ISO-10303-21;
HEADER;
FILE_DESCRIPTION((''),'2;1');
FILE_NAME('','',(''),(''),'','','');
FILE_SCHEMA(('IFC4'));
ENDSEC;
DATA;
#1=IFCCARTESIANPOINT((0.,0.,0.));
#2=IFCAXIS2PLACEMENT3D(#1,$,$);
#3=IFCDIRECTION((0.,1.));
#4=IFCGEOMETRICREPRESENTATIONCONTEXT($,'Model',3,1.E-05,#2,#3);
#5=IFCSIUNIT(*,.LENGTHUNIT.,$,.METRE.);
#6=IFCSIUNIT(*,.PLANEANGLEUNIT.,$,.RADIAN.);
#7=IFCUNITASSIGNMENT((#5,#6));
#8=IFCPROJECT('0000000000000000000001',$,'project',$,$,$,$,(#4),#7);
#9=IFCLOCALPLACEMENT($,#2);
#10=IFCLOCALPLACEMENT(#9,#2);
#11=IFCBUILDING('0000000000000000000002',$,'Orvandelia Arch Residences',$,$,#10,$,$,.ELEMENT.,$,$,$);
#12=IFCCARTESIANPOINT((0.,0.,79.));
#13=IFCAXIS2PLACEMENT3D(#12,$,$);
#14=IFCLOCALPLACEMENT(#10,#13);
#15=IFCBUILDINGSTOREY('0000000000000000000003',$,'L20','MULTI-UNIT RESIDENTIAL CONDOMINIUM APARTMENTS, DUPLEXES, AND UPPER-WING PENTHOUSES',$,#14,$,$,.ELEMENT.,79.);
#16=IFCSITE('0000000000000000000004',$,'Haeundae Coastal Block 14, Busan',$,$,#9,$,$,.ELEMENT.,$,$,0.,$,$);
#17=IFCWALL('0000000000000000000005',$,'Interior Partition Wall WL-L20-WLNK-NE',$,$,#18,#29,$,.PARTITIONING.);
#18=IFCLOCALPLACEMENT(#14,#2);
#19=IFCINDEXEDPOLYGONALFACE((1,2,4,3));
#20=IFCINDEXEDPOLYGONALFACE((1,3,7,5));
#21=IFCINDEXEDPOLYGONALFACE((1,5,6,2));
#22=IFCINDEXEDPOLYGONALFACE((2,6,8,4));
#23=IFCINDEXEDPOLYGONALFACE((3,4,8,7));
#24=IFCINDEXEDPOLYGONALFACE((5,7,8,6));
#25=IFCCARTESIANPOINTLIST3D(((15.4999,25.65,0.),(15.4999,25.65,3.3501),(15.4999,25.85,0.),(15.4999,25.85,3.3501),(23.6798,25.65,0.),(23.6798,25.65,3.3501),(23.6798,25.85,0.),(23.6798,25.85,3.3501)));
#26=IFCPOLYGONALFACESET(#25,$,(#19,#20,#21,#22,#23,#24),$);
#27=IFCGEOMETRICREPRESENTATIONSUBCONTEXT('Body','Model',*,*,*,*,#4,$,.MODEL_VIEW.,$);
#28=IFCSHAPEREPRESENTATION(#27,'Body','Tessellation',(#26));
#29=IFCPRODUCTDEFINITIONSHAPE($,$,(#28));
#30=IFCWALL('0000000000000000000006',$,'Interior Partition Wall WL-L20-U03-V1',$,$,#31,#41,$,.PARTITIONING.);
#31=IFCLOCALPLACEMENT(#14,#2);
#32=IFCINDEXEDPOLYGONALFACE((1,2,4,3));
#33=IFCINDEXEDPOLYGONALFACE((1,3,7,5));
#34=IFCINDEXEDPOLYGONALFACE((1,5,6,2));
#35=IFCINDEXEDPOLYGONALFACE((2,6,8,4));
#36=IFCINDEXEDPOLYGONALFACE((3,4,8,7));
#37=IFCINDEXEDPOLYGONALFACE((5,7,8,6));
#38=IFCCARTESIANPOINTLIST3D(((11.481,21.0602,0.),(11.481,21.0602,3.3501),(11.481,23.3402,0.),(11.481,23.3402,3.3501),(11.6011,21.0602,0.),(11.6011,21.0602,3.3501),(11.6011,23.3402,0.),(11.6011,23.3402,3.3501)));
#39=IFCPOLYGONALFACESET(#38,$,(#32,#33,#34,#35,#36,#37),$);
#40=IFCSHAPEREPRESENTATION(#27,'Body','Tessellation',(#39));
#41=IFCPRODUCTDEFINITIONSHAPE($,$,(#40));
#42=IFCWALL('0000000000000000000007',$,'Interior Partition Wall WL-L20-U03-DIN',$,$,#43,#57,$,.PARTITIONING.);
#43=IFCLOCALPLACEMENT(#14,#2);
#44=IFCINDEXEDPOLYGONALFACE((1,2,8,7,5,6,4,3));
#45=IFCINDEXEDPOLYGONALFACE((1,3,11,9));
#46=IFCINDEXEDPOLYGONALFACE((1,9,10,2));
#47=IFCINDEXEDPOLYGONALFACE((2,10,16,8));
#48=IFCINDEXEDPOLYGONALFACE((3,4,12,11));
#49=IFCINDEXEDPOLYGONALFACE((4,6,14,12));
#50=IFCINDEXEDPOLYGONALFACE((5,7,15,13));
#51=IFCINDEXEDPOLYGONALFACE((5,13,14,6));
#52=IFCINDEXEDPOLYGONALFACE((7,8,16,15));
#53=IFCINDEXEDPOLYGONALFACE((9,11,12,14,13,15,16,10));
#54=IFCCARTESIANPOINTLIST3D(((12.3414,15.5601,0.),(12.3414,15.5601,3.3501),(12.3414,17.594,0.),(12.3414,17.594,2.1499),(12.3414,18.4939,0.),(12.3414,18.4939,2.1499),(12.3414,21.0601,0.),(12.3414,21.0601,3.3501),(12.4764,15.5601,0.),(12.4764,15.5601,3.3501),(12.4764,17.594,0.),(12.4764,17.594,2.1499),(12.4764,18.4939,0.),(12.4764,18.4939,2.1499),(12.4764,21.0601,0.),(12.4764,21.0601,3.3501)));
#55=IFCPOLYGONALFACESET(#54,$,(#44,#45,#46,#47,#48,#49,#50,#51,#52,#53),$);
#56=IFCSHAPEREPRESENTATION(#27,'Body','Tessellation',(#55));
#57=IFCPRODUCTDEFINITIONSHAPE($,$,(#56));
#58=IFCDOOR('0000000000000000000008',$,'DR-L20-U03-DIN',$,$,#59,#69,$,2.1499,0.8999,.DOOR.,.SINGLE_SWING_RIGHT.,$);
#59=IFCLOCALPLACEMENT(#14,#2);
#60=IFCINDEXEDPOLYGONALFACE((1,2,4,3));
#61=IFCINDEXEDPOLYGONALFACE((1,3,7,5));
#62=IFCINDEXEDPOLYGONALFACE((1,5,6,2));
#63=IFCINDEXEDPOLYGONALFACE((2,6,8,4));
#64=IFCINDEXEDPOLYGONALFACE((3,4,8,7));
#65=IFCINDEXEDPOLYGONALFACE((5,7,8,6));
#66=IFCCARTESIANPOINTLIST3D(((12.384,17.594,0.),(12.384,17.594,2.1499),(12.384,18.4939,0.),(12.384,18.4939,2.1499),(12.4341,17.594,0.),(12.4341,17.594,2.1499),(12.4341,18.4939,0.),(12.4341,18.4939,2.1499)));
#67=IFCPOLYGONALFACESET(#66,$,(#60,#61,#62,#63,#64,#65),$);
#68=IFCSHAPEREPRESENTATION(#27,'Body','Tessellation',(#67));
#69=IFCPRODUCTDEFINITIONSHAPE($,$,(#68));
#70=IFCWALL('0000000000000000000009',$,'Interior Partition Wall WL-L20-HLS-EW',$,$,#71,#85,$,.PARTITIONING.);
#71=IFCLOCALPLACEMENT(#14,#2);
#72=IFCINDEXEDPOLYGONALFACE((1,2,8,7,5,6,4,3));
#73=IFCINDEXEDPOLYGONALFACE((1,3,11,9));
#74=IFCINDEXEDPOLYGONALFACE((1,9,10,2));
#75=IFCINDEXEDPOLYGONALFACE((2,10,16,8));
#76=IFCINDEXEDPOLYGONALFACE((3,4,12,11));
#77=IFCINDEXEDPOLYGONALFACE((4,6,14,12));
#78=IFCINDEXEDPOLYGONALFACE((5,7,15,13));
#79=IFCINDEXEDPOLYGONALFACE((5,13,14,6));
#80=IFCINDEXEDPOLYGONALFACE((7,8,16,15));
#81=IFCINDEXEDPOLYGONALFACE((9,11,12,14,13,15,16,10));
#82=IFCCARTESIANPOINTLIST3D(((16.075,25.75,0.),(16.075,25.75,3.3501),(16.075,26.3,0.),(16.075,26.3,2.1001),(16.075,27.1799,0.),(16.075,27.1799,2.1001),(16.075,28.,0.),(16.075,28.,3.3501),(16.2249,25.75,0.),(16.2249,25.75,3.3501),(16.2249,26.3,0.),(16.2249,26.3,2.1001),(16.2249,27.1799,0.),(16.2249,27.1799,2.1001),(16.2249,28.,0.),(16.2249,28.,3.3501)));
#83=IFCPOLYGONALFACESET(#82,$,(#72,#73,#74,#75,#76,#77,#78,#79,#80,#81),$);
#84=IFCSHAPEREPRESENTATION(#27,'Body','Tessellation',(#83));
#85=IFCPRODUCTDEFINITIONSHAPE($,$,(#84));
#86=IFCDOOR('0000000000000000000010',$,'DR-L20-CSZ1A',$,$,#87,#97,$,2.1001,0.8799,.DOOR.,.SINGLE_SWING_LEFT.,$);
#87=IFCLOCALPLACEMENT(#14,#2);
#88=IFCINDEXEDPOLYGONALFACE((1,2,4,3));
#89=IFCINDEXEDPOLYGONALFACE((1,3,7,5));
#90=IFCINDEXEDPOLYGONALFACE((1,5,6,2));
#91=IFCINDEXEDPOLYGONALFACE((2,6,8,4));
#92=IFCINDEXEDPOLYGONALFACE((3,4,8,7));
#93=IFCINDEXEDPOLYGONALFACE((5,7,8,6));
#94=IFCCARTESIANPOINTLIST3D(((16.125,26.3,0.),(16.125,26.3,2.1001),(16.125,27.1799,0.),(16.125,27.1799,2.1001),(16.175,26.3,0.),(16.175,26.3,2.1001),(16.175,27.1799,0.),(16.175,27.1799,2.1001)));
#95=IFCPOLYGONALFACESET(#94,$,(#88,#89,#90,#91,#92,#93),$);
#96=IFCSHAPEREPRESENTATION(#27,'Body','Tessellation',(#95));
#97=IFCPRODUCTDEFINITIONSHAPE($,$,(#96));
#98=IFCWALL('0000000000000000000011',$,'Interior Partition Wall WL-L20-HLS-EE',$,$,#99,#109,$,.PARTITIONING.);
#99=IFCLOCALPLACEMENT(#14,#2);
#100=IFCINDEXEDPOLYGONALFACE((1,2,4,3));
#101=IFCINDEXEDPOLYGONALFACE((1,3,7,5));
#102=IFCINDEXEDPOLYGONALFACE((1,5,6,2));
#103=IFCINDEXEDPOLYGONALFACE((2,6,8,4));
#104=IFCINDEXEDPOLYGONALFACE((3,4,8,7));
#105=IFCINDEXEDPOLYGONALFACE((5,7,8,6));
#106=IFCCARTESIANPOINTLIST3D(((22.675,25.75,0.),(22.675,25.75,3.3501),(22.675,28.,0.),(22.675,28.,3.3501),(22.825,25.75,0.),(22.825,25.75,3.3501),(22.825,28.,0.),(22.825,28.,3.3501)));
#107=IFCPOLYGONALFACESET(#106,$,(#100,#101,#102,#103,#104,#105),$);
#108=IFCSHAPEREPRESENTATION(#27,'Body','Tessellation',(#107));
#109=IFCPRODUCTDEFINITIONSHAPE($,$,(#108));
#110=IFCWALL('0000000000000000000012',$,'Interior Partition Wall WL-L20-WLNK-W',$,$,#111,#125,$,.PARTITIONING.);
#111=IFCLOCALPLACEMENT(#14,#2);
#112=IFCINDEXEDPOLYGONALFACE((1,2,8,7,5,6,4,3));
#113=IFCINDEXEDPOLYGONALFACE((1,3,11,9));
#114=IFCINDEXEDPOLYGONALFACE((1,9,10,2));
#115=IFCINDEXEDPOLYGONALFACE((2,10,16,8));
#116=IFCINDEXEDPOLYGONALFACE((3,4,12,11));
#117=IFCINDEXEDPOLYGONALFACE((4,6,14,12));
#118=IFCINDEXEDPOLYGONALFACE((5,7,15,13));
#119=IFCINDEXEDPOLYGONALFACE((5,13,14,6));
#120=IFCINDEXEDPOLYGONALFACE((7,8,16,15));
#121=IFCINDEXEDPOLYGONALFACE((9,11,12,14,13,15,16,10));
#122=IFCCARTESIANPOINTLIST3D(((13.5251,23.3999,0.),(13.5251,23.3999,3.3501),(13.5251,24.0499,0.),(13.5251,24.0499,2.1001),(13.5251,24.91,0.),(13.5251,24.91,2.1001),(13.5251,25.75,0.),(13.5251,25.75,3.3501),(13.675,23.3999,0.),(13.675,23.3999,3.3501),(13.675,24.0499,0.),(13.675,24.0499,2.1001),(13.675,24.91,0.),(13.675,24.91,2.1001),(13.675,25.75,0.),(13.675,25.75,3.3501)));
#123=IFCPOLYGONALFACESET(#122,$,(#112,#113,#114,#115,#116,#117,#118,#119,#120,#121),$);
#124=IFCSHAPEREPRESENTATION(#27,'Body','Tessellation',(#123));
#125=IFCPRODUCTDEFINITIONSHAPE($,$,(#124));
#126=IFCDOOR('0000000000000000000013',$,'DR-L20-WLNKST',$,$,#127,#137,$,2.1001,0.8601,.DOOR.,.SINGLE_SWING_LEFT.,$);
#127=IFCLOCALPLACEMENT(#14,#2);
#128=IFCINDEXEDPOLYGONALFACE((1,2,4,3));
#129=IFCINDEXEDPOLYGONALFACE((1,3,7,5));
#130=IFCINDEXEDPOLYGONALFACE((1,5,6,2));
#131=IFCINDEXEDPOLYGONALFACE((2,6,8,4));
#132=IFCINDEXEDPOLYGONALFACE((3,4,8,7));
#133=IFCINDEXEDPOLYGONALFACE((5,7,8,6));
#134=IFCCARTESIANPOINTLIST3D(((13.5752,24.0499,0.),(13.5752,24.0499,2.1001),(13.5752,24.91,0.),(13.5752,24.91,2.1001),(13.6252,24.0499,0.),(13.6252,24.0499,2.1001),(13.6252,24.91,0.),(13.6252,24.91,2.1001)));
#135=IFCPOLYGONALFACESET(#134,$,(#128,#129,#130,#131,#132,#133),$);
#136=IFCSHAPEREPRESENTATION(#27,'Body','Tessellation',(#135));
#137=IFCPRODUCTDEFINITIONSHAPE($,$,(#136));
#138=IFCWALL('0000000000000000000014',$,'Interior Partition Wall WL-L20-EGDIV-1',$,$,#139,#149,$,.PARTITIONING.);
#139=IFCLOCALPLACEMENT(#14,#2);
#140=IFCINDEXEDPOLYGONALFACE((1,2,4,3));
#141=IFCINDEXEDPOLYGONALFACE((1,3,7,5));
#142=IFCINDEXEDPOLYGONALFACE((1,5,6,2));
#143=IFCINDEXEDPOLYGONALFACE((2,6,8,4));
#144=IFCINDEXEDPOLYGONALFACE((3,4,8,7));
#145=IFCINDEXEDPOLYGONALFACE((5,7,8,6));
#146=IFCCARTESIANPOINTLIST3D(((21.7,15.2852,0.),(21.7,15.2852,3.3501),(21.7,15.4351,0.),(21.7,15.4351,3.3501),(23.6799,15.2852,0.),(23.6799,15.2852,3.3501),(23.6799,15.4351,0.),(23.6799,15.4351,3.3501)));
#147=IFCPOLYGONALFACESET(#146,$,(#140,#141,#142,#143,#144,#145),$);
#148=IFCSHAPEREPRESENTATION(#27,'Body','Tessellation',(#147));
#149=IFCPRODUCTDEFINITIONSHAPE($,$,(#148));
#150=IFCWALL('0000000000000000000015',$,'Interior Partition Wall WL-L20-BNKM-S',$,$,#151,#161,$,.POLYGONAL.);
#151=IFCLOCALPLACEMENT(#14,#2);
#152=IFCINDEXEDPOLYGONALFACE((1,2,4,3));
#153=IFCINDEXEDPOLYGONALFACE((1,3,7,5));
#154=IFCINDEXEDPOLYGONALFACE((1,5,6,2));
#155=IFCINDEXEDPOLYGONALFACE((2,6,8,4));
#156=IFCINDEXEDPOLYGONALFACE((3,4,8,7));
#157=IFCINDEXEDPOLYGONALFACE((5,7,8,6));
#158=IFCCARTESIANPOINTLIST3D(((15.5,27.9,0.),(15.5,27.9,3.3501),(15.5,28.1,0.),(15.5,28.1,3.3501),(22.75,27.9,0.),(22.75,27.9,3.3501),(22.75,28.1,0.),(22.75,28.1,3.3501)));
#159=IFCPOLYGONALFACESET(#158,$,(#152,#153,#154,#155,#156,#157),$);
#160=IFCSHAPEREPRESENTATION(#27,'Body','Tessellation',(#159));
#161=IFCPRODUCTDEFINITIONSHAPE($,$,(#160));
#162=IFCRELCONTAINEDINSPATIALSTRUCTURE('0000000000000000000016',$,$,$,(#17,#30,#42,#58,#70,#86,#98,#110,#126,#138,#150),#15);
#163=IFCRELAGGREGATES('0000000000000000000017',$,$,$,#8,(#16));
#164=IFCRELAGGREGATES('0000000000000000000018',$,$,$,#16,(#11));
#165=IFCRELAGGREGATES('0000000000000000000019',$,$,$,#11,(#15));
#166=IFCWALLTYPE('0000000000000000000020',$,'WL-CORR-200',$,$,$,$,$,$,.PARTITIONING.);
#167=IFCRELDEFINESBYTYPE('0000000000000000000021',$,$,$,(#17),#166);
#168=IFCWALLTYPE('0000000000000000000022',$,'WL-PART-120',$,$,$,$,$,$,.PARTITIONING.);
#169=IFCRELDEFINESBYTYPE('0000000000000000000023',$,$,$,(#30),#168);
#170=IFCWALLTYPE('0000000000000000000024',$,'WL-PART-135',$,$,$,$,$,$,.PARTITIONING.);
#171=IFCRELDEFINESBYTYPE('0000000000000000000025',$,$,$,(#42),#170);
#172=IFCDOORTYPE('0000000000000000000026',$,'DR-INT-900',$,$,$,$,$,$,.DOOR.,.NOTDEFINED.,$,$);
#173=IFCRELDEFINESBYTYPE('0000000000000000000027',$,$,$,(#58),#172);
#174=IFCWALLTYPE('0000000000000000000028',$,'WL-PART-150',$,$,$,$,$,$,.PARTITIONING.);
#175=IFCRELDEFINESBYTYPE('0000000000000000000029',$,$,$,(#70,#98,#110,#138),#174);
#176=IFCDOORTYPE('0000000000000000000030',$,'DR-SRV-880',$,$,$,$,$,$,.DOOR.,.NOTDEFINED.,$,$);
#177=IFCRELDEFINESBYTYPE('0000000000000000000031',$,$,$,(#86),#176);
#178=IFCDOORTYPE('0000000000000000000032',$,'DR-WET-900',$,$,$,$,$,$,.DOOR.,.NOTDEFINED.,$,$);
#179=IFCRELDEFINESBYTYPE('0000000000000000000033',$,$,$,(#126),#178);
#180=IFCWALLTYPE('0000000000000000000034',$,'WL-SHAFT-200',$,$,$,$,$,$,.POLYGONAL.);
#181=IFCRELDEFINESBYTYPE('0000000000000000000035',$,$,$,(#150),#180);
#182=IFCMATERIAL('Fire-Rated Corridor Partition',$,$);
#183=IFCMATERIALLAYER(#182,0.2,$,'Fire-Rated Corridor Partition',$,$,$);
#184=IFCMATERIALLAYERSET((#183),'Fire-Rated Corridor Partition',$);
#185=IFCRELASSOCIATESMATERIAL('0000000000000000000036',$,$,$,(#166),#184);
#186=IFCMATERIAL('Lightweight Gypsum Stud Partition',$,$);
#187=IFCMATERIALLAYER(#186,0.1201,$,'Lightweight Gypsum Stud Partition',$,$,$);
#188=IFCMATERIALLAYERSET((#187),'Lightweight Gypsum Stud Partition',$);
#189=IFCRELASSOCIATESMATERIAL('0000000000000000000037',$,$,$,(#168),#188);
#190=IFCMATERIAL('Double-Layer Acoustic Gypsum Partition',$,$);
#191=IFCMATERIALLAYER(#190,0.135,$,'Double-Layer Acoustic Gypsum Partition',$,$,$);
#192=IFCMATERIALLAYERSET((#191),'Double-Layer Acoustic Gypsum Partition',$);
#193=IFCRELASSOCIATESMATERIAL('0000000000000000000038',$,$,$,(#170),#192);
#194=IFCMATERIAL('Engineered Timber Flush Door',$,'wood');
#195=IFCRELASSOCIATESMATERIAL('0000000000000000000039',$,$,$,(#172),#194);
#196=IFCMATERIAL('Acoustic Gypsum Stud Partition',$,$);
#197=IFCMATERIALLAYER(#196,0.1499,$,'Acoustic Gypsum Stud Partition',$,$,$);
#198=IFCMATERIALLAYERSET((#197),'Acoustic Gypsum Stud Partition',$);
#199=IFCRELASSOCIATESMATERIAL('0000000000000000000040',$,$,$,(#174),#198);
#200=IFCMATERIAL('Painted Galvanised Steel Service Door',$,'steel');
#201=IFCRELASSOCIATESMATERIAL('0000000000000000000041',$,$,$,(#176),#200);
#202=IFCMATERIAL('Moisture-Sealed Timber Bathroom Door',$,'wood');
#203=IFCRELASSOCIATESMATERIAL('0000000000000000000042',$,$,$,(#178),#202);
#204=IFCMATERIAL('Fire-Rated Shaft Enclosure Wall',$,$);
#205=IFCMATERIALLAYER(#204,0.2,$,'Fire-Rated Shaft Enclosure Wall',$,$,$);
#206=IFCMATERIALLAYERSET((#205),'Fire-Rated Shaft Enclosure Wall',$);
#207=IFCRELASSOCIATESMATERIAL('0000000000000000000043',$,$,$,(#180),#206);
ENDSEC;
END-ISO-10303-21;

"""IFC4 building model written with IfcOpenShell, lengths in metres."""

from ifc_helpers import new_model, si_unit, direction, frame, frame_2d, origin, place, context, subcontext, project, spatial, rectangle, extrude, material, layer, layer_set, type_object, element, fill, save


model = new_model("IFC4")

# Units and contexts
model_context = context("Model", 3, precision=1e-05, world=origin(), true_north=direction((0.0, 1.0)))
body_context = subcontext(model_context, "Body", "Model", "MODEL_VIEW")
ifc_project = project(units=[si_unit("LENGTHUNIT", "METRE"), si_unit("PLANEANGLEUNIT", "RADIAN")], contexts=[model_context])

# Site, building, storey
site_placement = place(None, origin())
site = spatial("IfcSite", under=ifc_project, at=site_placement, Name="Haeundae Coastal Block 14, Busan", CompositionType="ELEMENT", RefElevation=0.0)
building_placement = place(site_placement, origin())
building = spatial("IfcBuilding", under=site, at=building_placement, Name="Orvandelia Arch Residences", CompositionType="ELEMENT")
storey_placement = place(building_placement, frame((0.0, 0.0, 79.0)))
storey = spatial("IfcBuildingStorey", under=building, at=storey_placement, Name="L20", Description="MULTI-UNIT RESIDENTIAL CONDOMINIUM APARTMENTS, DUPLEXES, AND UPPER-WING PENTHOUSES", CompositionType="ELEMENT", Elevation=79.0)

# Walls
ifc_material_1 = material(Name="Fire-Rated Corridor Partition")
ifc_layer_1 = layer(ifc_material_1, 0.2, Name="Fire-Rated Corridor Partition")
ifc_layer_set_1 = layer_set([ifc_layer_1], Name="Fire-Rated Corridor Partition")
wall_type_1 = type_object("IfcWallType", Name="WL-CORR-200", PredefinedType="PARTITIONING", material=ifc_layer_set_1)
wall_1_placement = place(storey_placement, frame((15.5, 25.75, 0.0), z_axis=(0.0, 0.0, 1.0), x_axis=(1.0, 0.0, 0.0)))
element("IfcWall", 1, at=wall_1_placement, inside=storey, type_object=wall_type_1, Name="Interior Partition Wall WL-L20-WLNK-NE", PredefinedType="PARTITIONING", context=body_context, shape_type="SweptSolid", body=[
    extrude(rectangle(XDim=8.1799, YDim=0.2, at=frame_2d((4.0898, 0.0))), origin(), (0.0, 0.0, 1.0), 3.3501),
])
ifc_material_2 = material(Name="Lightweight Gypsum Stud Partition")
ifc_layer_2 = layer(ifc_material_2, 0.1201, Name="Lightweight Gypsum Stud Partition")
ifc_layer_set_2 = layer_set([ifc_layer_2], Name="Lightweight Gypsum Stud Partition")
wall_type_2 = type_object("IfcWallType", Name="WL-PART-120", PredefinedType="PARTITIONING", material=ifc_layer_set_2)
wall_2_placement = place(storey_placement, frame((11.541, 21.0601, 0.0), z_axis=(0.0, 0.0, 1.0), x_axis=(0.0, 1.0, 0.0)))
element("IfcWall", 2, at=wall_2_placement, inside=storey, type_object=wall_type_2, Name="Interior Partition Wall WL-L20-U03-V1", PredefinedType="PARTITIONING", context=body_context, shape_type="SweptSolid", body=[
    extrude(rectangle(XDim=2.28, YDim=0.1201, at=frame_2d((1.1401, 0.0))), origin(), (0.0, 0.0, 1.0), 3.3501),
])

# Walls, openings, doors
ifc_material_3 = material(Name="Double-Layer Acoustic Gypsum Partition")
ifc_layer_3 = layer(ifc_material_3, 0.135, Name="Double-Layer Acoustic Gypsum Partition")
ifc_layer_set_3 = layer_set([ifc_layer_3], Name="Double-Layer Acoustic Gypsum Partition")
wall_type_3 = type_object("IfcWallType", Name="WL-PART-135", PredefinedType="PARTITIONING", material=ifc_layer_set_3)
wall_3_placement = place(storey_placement, frame((12.4089, 15.5601, 0.0), z_axis=(0.0, 0.0, 1.0), x_axis=(0.0, 1.0, 0.0)))
wall_3 = element("IfcWall", 3, at=wall_3_placement, inside=storey, type_object=wall_type_3, Name="Interior Partition Wall WL-L20-U03-DIN", PredefinedType="PARTITIONING", context=body_context, shape_type="SweptSolid", body=[
    extrude(rectangle(XDim=5.5, YDim=0.135, at=frame_2d((2.75, 0.0))), origin(), (0.0, 0.0, 1.0), 3.3501),
])
opening_1_placement = place(wall_3_placement, frame((2.0339, 0.0, 0.0)))
opening_1 = element("IfcOpeningElement", 4, at=opening_1_placement, cuts=wall_3, PredefinedType="OPENING", context=body_context, shape_type="SweptSolid", body=[
    extrude(rectangle(XDim=0.8999, YDim=2.1499, at=frame_2d((0.45, 1.075))), frame((0.0, 0.0776, 0.0), z_axis=(0.0, -1.0, 0.0), x_axis=(1.0, 0.0, 0.0)), (0.0, 0.0, 1.0), 0.155),
])
ifc_material_4 = material(Name="Engineered Timber Flush Door", Category="wood")
door_type_1 = type_object("IfcDoorType", Name="DR-INT-900", OperationType="NOTDEFINED", PredefinedType="DOOR", material=ifc_material_4)
door_1_placement = place(opening_1_placement, origin())
door_1 = element("IfcDoor", 5, at=door_1_placement, inside=storey, type_object=door_type_1, Name="DR-L20-U03-DIN", OperationType="SINGLE_SWING_RIGHT", OverallHeight=2.1499, OverallWidth=0.8999, PredefinedType="DOOR", context=body_context, shape_type="SweptSolid", body=[
    extrude(rectangle(XDim=0.8999, YDim=2.1499, at=frame_2d((0.45, 1.075))), frame((0.0, 0.0249, 0.0), z_axis=(0.0, -1.0, 0.0), x_axis=(1.0, 0.0, 0.0)), (0.0, 0.0, 1.0), 0.05),
])
fill(opening_1, door_1)
ifc_material_5 = material(Name="Acoustic Gypsum Stud Partition")
ifc_layer_4 = layer(ifc_material_5, 0.1499, Name="Acoustic Gypsum Stud Partition")
ifc_layer_set_4 = layer_set([ifc_layer_4], Name="Acoustic Gypsum Stud Partition")
wall_type_4 = type_object("IfcWallType", Name="WL-PART-150", PredefinedType="PARTITIONING", material=ifc_layer_set_4)
wall_4_placement = place(storey_placement, frame((16.1499, 25.75, 0.0), z_axis=(0.0, 0.0, 1.0), x_axis=(0.0, 1.0, 0.0)))
wall_4 = element("IfcWall", 6, at=wall_4_placement, inside=storey, type_object=wall_type_4, Name="Interior Partition Wall WL-L20-HLS-EW", PredefinedType="PARTITIONING", context=body_context, shape_type="SweptSolid", body=[
    extrude(rectangle(XDim=2.25, YDim=0.1499, at=frame_2d((1.125, 0.0))), origin(), (0.0, 0.0, 1.0), 3.3501),
])
opening_2_placement = place(wall_4_placement, frame((0.55, 0.0, 0.0)))
opening_2 = element("IfcOpeningElement", 7, at=opening_2_placement, cuts=wall_4, PredefinedType="OPENING", context=body_context, shape_type="SweptSolid", body=[
    extrude(rectangle(XDim=0.8799, YDim=2.1001, at=frame_2d((0.4399, 1.05))), frame((0.0, 0.085, 0.0), z_axis=(0.0, -1.0, 0.0), x_axis=(1.0, 0.0, 0.0)), (0.0, 0.0, 1.0), 0.1699),
])
ifc_material_6 = material(Name="Painted Galvanised Steel Service Door", Category="steel")
door_type_2 = type_object("IfcDoorType", Name="DR-SRV-880", OperationType="NOTDEFINED", PredefinedType="DOOR", material=ifc_material_6)
door_2_placement = place(opening_2_placement, origin())
door_2 = element("IfcDoor", 8, at=door_2_placement, inside=storey, type_object=door_type_2, Name="DR-L20-CSZ1A", OperationType="SINGLE_SWING_LEFT", OverallHeight=2.1001, OverallWidth=0.8799, PredefinedType="DOOR", context=body_context, shape_type="SweptSolid", body=[
    extrude(rectangle(XDim=0.8799, YDim=2.1001, at=frame_2d((0.4399, 1.05))), frame((0.0, 0.0249, 0.0), z_axis=(0.0, -1.0, 0.0), x_axis=(1.0, 0.0, 0.0)), (0.0, 0.0, 1.0), 0.05),
])
fill(opening_2, door_2)

# Wall
wall_5_placement = place(storey_placement, frame((22.75, 25.75, 0.0), z_axis=(0.0, 0.0, 1.0), x_axis=(0.0, 1.0, 0.0)))
element("IfcWall", 9, at=wall_5_placement, inside=storey, type_object=wall_type_4, Name="Interior Partition Wall WL-L20-HLS-EE", PredefinedType="PARTITIONING", context=body_context, shape_type="SweptSolid", body=[
    extrude(rectangle(XDim=2.25, YDim=0.1499, at=frame_2d((1.125, 0.0))), origin(), (0.0, 0.0, 1.0), 3.3501),
])

# Wall, opening, door
wall_6_placement = place(storey_placement, frame((13.6001, 23.3999, 0.0), z_axis=(0.0, 0.0, 1.0), x_axis=(0.0, 1.0, 0.0)))
wall_6 = element("IfcWall", 10, at=wall_6_placement, inside=storey, type_object=wall_type_4, Name="Interior Partition Wall WL-L20-WLNK-W", PredefinedType="PARTITIONING", context=body_context, shape_type="SweptSolid", body=[
    extrude(rectangle(XDim=2.3501, YDim=0.1499, at=frame_2d((1.175, 0.0))), origin(), (0.0, 0.0, 1.0), 3.3501),
])
opening_3_placement = place(wall_6_placement, frame((0.6499, 0.0, 0.0)))
opening_3 = element("IfcOpeningElement", 11, at=opening_3_placement, cuts=wall_6, PredefinedType="OPENING", context=body_context, shape_type="SweptSolid", body=[
    extrude(rectangle(XDim=0.8601, YDim=2.1001, at=frame_2d((0.4302, 1.05))), frame((0.0, 0.085, 0.0), z_axis=(0.0, -1.0, 0.0), x_axis=(1.0, 0.0, 0.0)), (0.0, 0.0, 1.0), 0.1699),
])
ifc_material_7 = material(Name="Moisture-Sealed Timber Bathroom Door", Category="wood")
door_type_3 = type_object("IfcDoorType", Name="DR-WET-900", OperationType="NOTDEFINED", PredefinedType="DOOR", material=ifc_material_7)
door_3_placement = place(opening_3_placement, origin())
door_3 = element("IfcDoor", 12, at=door_3_placement, inside=storey, type_object=door_type_3, Name="DR-L20-WLNKST", OperationType="SINGLE_SWING_LEFT", OverallHeight=2.1001, OverallWidth=0.8601, PredefinedType="DOOR", context=body_context, shape_type="SweptSolid", body=[
    extrude(rectangle(XDim=0.8601, YDim=2.1001, at=frame_2d((0.4302, 1.05))), frame((0.0, 0.0249, 0.0), z_axis=(0.0, -1.0, 0.0), x_axis=(1.0, 0.0, 0.0)), (0.0, 0.0, 1.0), 0.05),
])
fill(opening_3, door_3)

# Wall
wall_7_placement = place(storey_placement, frame((21.7, 15.3601, 0.0), z_axis=(0.0, 0.0, 1.0), x_axis=(1.0, 0.0, 0.0)))
element("IfcWall", 13, at=wall_7_placement, inside=storey, type_object=wall_type_4, Name="Interior Partition Wall WL-L20-EGDIV-1", PredefinedType="PARTITIONING", context=body_context, shape_type="SweptSolid", body=[
    extrude(rectangle(XDim=1.98, YDim=0.1499, at=frame_2d((0.99, 0.0))), origin(), (0.0, 0.0, 1.0), 3.3501),
])

# Shared definitions
ifc_material_8 = material(Name="Fire-Rated Shaft Enclosure Wall")
ifc_layer_5 = layer(ifc_material_8, 0.2, Name="Fire-Rated Shaft Enclosure Wall")
ifc_layer_set_5 = layer_set([ifc_layer_5], Name="Fire-Rated Shaft Enclosure Wall")
wall_type_5 = type_object("IfcWallType", Name="WL-SHAFT-200", PredefinedType="POLYGONAL", material=ifc_layer_set_5)

# Wall
wall_8_placement = place(storey_placement, frame((15.5, 28.0, 0.0), z_axis=(0.0, 0.0, 1.0), x_axis=(1.0, 0.0, 0.0)))
element("IfcWall", 14, at=wall_8_placement, inside=storey, type_object=wall_type_5, Name="Interior Partition Wall WL-L20-BNKM-S", PredefinedType="POLYGONAL", context=body_context, shape_type="SweptSolid", body=[
    extrude(rectangle(XDim=7.25, YDim=0.2, at=frame_2d((3.625, 0.0))), origin(), (0.0, 0.0, 1.0), 3.3501),
])

save(model, "model.ifc")
